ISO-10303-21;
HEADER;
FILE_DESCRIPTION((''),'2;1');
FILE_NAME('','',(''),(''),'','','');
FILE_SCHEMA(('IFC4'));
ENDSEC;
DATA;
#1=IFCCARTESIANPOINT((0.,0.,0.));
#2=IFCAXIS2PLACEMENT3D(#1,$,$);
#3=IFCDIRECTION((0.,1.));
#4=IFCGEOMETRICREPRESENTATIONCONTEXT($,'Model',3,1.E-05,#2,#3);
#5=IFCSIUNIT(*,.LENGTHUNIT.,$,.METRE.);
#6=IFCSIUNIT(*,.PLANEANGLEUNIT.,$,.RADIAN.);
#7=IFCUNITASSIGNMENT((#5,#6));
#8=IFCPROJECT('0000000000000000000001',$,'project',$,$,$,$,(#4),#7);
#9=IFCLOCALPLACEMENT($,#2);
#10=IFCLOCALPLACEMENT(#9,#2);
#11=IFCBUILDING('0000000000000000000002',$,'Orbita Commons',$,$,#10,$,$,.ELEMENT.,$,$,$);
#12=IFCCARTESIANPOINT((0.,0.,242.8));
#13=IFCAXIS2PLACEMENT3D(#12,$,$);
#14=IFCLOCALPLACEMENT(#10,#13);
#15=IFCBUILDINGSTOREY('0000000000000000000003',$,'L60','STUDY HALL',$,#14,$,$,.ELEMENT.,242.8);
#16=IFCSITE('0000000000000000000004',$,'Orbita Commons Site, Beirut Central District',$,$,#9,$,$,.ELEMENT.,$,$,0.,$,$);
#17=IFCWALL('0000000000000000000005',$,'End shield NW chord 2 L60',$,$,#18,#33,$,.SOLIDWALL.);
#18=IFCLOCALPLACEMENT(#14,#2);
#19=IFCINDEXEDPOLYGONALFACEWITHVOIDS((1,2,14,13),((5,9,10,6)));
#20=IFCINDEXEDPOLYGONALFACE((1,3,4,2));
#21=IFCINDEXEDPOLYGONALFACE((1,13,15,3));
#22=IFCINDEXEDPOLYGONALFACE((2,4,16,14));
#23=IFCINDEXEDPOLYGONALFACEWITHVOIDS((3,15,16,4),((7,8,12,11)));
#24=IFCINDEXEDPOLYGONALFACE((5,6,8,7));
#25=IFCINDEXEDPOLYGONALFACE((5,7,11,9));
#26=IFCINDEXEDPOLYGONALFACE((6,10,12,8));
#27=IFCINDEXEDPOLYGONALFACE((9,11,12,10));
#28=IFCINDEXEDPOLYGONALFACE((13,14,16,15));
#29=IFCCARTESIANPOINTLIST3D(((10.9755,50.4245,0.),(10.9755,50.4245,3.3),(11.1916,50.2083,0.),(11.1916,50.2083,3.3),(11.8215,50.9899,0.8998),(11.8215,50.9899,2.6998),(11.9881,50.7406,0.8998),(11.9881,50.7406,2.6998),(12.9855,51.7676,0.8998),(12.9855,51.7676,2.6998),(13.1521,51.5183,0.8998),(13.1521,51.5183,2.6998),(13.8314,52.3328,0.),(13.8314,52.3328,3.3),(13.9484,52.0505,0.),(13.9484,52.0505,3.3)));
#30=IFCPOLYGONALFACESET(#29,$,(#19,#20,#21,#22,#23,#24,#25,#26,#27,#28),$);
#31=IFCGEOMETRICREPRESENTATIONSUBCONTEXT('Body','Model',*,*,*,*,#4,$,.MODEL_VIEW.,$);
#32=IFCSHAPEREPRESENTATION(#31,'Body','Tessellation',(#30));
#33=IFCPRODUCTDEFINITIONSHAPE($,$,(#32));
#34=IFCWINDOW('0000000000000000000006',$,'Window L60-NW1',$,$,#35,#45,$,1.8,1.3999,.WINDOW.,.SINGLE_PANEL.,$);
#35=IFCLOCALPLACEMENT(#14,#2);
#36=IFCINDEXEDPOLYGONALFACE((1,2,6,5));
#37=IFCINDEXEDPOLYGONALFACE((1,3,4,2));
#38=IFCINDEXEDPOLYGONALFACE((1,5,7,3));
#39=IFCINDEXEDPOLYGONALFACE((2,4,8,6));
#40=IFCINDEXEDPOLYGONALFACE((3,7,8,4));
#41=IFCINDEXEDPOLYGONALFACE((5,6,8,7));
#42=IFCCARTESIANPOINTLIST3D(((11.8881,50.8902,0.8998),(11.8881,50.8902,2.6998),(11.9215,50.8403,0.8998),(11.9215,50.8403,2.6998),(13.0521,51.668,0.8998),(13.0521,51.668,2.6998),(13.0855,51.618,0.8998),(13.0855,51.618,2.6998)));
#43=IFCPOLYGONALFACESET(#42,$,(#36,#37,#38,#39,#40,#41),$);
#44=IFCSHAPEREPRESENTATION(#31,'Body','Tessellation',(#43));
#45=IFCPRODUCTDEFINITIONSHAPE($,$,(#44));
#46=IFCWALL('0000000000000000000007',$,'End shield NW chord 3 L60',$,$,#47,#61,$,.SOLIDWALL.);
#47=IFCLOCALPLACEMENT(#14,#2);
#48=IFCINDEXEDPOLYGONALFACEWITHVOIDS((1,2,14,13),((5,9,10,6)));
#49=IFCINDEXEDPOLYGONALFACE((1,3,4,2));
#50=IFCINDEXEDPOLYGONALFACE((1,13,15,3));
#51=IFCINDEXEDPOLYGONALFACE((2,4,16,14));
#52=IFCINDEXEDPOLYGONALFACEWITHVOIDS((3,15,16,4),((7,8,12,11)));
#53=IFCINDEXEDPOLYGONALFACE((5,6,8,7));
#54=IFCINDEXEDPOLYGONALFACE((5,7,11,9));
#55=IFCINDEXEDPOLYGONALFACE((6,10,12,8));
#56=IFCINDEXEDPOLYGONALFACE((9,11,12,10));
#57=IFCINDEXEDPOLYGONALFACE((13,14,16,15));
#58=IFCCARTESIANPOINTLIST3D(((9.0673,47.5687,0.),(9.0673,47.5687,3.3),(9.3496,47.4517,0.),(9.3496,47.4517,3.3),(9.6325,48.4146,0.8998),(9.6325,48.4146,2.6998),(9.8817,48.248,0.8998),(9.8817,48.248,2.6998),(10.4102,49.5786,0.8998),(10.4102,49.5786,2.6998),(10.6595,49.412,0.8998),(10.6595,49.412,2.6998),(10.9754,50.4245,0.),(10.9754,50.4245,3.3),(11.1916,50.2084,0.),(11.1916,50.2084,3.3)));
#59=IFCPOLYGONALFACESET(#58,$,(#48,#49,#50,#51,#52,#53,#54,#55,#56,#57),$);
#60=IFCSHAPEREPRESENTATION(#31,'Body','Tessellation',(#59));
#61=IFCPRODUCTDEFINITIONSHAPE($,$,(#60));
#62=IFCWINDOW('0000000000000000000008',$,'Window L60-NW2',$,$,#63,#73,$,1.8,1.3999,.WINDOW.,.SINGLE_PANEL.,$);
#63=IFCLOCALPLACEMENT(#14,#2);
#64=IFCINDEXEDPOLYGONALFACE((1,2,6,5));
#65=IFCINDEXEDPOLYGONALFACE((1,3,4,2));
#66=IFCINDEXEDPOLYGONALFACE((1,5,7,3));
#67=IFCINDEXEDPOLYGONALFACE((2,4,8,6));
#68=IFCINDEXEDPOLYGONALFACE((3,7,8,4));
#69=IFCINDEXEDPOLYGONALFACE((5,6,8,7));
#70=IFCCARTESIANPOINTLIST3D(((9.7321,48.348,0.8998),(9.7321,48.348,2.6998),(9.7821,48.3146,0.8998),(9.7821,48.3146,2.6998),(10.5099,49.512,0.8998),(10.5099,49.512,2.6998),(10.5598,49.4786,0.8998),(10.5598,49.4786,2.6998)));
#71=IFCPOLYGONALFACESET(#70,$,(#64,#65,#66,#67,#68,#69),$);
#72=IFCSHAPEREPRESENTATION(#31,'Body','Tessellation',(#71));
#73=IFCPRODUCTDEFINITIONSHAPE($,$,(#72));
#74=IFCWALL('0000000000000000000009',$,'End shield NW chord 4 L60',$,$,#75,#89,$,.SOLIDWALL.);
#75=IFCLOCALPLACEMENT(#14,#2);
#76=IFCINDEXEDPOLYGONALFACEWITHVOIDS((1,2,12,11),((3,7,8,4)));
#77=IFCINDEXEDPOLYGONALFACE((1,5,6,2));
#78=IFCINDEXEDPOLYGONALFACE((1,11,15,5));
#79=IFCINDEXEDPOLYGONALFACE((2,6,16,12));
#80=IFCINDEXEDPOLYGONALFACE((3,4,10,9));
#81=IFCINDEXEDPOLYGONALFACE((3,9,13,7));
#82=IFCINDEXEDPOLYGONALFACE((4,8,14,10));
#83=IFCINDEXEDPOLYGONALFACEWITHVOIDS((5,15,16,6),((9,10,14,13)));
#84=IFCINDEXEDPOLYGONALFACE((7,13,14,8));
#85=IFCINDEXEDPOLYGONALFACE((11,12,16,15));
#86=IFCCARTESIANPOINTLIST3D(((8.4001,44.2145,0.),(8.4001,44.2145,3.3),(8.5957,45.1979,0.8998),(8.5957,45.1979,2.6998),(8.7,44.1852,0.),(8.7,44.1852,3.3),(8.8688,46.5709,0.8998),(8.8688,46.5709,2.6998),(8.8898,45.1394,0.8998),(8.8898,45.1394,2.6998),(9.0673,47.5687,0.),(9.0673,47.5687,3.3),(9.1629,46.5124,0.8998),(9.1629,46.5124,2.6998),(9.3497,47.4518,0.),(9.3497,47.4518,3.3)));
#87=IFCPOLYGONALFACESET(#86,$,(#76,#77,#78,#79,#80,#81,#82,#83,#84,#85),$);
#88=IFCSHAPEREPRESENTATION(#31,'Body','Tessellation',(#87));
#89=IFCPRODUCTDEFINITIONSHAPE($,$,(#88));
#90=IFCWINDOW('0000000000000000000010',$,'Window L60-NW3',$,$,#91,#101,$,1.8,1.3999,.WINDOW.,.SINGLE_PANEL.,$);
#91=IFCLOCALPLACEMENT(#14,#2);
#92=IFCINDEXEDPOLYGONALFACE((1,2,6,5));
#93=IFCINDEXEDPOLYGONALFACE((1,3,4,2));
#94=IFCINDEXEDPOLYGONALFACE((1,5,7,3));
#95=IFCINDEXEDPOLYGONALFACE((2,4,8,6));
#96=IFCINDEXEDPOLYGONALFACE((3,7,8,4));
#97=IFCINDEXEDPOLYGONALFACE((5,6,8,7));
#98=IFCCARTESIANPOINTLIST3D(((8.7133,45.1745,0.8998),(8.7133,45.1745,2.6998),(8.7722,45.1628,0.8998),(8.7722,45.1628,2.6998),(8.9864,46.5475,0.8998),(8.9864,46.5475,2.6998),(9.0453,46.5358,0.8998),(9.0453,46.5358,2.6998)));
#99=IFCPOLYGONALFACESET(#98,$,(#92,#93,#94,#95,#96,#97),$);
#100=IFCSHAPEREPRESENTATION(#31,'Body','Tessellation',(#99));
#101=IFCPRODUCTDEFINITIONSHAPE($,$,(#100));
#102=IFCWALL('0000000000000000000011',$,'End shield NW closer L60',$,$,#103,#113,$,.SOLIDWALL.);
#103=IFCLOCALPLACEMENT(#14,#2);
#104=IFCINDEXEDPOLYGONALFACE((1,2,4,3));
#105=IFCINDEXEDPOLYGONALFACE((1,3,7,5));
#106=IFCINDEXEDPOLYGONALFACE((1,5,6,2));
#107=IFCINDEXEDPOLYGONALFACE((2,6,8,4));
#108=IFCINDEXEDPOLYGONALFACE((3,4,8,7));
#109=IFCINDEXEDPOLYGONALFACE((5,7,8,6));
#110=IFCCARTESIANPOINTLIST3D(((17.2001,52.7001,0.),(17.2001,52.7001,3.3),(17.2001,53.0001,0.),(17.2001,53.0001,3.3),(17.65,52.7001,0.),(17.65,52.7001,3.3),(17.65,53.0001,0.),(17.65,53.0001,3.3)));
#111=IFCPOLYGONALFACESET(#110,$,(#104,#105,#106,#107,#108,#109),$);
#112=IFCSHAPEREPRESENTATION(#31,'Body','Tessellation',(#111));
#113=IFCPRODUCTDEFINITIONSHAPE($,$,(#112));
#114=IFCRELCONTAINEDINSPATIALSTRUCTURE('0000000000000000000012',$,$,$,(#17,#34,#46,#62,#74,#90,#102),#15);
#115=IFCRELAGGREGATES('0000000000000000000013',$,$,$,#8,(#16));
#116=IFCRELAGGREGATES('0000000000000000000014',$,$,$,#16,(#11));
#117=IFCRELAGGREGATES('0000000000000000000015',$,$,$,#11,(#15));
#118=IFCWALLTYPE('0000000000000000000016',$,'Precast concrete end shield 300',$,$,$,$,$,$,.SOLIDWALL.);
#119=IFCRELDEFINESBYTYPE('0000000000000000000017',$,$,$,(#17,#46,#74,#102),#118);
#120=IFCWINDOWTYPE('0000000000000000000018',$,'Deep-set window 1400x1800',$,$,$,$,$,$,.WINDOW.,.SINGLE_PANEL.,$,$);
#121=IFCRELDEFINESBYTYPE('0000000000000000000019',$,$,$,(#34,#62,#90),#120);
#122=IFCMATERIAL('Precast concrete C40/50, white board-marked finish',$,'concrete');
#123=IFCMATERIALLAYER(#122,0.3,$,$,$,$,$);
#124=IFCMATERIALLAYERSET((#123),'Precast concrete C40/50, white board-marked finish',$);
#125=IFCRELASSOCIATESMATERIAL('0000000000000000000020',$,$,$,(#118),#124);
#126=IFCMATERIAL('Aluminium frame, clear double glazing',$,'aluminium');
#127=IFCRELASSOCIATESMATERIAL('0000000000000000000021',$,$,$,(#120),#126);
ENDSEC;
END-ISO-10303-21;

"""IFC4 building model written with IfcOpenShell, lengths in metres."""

from ifc_helpers import new_model, si_unit, direction, frame, frame_2d, origin, place, context, subcontext, project, spatial, polyline, rectangle, outline, extrude, material, layer, layer_set, type_object, element, fill, save


model = new_model("IFC4")

# Units and contexts
model_context = context("Model", 3, precision=1e-05, world=origin(), true_north=direction((0.0, 1.0)))
body_context = subcontext(model_context, "Body", "Model", "MODEL_VIEW")
ifc_project = project(units=[si_unit("LENGTHUNIT", "METRE"), si_unit("PLANEANGLEUNIT", "RADIAN")], contexts=[model_context])

# Site, building, storey
site_placement = place(None, origin())
site = spatial("IfcSite", under=ifc_project, at=site_placement, Name="Orbita Commons Site, Beirut Central District", CompositionType="ELEMENT", RefElevation=0.0)
building_placement = place(site_placement, origin())
building = spatial("IfcBuilding", under=site, at=building_placement, Name="Orbita Commons", CompositionType="ELEMENT")
storey_placement = place(building_placement, frame((0.0, 0.0, 242.8)))
storey = spatial("IfcBuildingStorey", under=building, at=storey_placement, Name="L60", Description="STUDY HALL", CompositionType="ELEMENT", Elevation=242.8)

# Walls, openings, windows
ifc_material_1 = material(Name="Precast concrete C40/50, white board-marked finish", Category="concrete")
ifc_layer_1 = layer(ifc_material_1, 0.3)
ifc_layer_set_1 = layer_set([ifc_layer_1], Name="Precast concrete C40/50, white board-marked finish")
wall_type_1 = type_object("IfcWallType", Name="Precast concrete end shield 300", PredefinedType="SOLIDWALL", material=ifc_layer_set_1)
ifc_material_2 = material(Name="Aluminium frame, clear double glazing", Category="aluminium")
window_type = type_object("IfcWindowType", Name="Deep-set window 1400x1800", PartitioningType="SINGLE_PANEL", PredefinedType="WINDOW", material=ifc_material_2)
wall_1_placement = place(storey_placement, frame((13.8899, 52.1917, 0.0), z_axis=(0.0, 0.0, 1.0), x_axis=(-0.83146, -0.555585, 0.0)))
wall_1 = element("IfcWall", 1, at=wall_1_placement, inside=storey, type_object=wall_type_1, Name="End shield NW chord 2 L60", PredefinedType="SOLIDWALL", context=body_context, shape_type="SweptSolid", body=[
    extrude(outline(polyline([(-0.0298, -0.1499), (3.405, -0.1499), (3.3455, 0.1499), (0.0298, 0.1499), (-0.0298, -0.1499)])), origin(), (0.0, 0.0, 1.0), 3.3),
])
opening_1_placement = place(wall_1_placement, frame((0.9875, 0.0, 0.8999)))
opening_1 = element("IfcOpeningElement", 2, at=opening_1_placement, cuts=wall_1, PredefinedType="OPENING", context=body_context, shape_type="SweptSolid", body=[
    extrude(rectangle(XDim=1.3999, YDim=1.8, at=frame_2d((0.7, 0.8999))), frame((0.0, 0.1599, 0.0), z_axis=(0.0, -1.0, 0.0), x_axis=(1.0, 0.0, 0.0)), (0.0, 0.0, 1.0), 0.3201),
])
window_1_placement = place(opening_1_placement, origin())
window_1 = element("IfcWindow", 3, at=window_1_placement, inside=storey, type_object=window_type, Name="Window L60-NW1", OverallHeight=1.8, OverallWidth=1.3999, PartitioningType="SINGLE_PANEL", PredefinedType="WINDOW", context=body_context, shape_type="SweptSolid", body=[
    extrude(rectangle(XDim=1.3999, YDim=1.8, at=frame_2d((0.7, 0.8999))), frame((0.0, 0.03, 0.0), z_axis=(0.0, -1.0, 0.0), x_axis=(1.0, 0.0, 0.0)), (0.0, 0.0, 1.0), 0.0601),
])
fill(opening_1, window_1)
wall_2_placement = place(storey_placement, frame((11.0835, 50.3164, 0.0), z_axis=(0.0, 0.0, 1.0), x_axis=(-0.555568, -0.831471, 0.0)))
wall_2 = element("IfcWall", 4, at=wall_2_placement, inside=storey, type_object=wall_type_1, Name="End shield NW chord 3 L60", PredefinedType="SOLIDWALL", context=body_context, shape_type="SweptSolid", body=[
    extrude(outline(polyline([(-0.0298, -0.1499), (3.4048, -0.1499), (3.3452, 0.1499), (0.0298, 0.1499), (-0.0298, -0.1499)])), origin(), (0.0, 0.0, 1.0), 3.3),
])
opening_2_placement = place(wall_2_placement, frame((0.9875, 0.0, 0.8999)))
opening_2 = element("IfcOpeningElement", 5, at=opening_2_placement, cuts=wall_2, PredefinedType="OPENING", context=body_context, shape_type="SweptSolid", body=[
    extrude(rectangle(XDim=1.3999, YDim=1.8, at=frame_2d((0.7, 0.8999))), frame((0.0, 0.1599, 0.0), z_axis=(0.0, -1.0, 0.0), x_axis=(1.0, 0.0, 0.0)), (0.0, 0.0, 1.0), 0.3201),
])
window_2_placement = place(opening_2_placement, origin())
window_2 = element("IfcWindow", 6, at=window_2_placement, inside=storey, type_object=window_type, Name="Window L60-NW2", OverallHeight=1.8, OverallWidth=1.3999, PartitioningType="SINGLE_PANEL", PredefinedType="WINDOW", context=body_context, shape_type="SweptSolid", body=[
    extrude(rectangle(XDim=1.3999, YDim=1.8, at=frame_2d((0.7, 0.8999))), frame((0.0, 0.03, 0.0), z_axis=(0.0, -1.0, 0.0), x_axis=(1.0, 0.0, 0.0)), (0.0, 0.0, 1.0), 0.0601),
])
fill(opening_2, window_2)
wall_3_placement = place(storey_placement, frame((9.2085, 47.5103, 0.0), z_axis=(0.0, 0.0, 1.0), x_axis=(-0.195087, -0.980786, 0.0)))
wall_3 = element("IfcWall", 7, at=wall_3_placement, inside=storey, type_object=wall_type_1, Name="End shield NW chord 4 L60", PredefinedType="SOLIDWALL", context=body_context, shape_type="SweptSolid", body=[
    extrude(outline(polyline([(-0.0298, -0.1499), (3.3901, -0.1499), (3.3604, 0.1499), (0.0298, 0.1499), (-0.0298, -0.1499)])), origin(), (0.0, 0.0, 1.0), 3.3),
])
opening_3_placement = place(wall_3_placement, frame((0.9875, 0.0, 0.8999)))
opening_3 = element("IfcOpeningElement", 8, at=opening_3_placement, cuts=wall_3, PredefinedType="OPENING", context=body_context, shape_type="SweptSolid", body=[
    extrude(rectangle(XDim=1.3999, YDim=1.8, at=frame_2d((0.7, 0.8999))), frame((0.0, 0.1599, 0.0), z_axis=(0.0, -1.0, 0.0), x_axis=(1.0, 0.0, 0.0)), (0.0, 0.0, 1.0), 0.3201),
])
window_3_placement = place(opening_3_placement, origin())
window_3 = element("IfcWindow", 9, at=window_3_placement, inside=storey, type_object=window_type, Name="Window L60-NW3", OverallHeight=1.8, OverallWidth=1.3999, PartitioningType="SINGLE_PANEL", PredefinedType="WINDOW", context=body_context, shape_type="SweptSolid", body=[
    extrude(rectangle(XDim=1.3999, YDim=1.8, at=frame_2d((0.7, 0.8999))), frame((0.0, 0.03, 0.0), z_axis=(0.0, -1.0, 0.0), x_axis=(1.0, 0.0, 0.0)), (0.0, 0.0, 1.0), 0.0601),
])
fill(opening_3, window_3)

# Wall
wall_4_placement = place(storey_placement, frame((17.2, 52.8501, 0.0), z_axis=(0.0, 0.0, 1.0), x_axis=(1.0, 0.0, 0.0)))
element("IfcWall", 10, at=wall_4_placement, inside=storey, type_object=wall_type_1, Name="End shield NW closer L60", PredefinedType="SOLIDWALL", context=body_context, shape_type="SweptSolid", body=[
    extrude(rectangle(XDim=0.45, YDim=0.3, at=frame_2d((0.2251, 0.0))), origin(), (0.0, 0.0, 1.0), 3.3),
])

save(model, "model.ifc")
